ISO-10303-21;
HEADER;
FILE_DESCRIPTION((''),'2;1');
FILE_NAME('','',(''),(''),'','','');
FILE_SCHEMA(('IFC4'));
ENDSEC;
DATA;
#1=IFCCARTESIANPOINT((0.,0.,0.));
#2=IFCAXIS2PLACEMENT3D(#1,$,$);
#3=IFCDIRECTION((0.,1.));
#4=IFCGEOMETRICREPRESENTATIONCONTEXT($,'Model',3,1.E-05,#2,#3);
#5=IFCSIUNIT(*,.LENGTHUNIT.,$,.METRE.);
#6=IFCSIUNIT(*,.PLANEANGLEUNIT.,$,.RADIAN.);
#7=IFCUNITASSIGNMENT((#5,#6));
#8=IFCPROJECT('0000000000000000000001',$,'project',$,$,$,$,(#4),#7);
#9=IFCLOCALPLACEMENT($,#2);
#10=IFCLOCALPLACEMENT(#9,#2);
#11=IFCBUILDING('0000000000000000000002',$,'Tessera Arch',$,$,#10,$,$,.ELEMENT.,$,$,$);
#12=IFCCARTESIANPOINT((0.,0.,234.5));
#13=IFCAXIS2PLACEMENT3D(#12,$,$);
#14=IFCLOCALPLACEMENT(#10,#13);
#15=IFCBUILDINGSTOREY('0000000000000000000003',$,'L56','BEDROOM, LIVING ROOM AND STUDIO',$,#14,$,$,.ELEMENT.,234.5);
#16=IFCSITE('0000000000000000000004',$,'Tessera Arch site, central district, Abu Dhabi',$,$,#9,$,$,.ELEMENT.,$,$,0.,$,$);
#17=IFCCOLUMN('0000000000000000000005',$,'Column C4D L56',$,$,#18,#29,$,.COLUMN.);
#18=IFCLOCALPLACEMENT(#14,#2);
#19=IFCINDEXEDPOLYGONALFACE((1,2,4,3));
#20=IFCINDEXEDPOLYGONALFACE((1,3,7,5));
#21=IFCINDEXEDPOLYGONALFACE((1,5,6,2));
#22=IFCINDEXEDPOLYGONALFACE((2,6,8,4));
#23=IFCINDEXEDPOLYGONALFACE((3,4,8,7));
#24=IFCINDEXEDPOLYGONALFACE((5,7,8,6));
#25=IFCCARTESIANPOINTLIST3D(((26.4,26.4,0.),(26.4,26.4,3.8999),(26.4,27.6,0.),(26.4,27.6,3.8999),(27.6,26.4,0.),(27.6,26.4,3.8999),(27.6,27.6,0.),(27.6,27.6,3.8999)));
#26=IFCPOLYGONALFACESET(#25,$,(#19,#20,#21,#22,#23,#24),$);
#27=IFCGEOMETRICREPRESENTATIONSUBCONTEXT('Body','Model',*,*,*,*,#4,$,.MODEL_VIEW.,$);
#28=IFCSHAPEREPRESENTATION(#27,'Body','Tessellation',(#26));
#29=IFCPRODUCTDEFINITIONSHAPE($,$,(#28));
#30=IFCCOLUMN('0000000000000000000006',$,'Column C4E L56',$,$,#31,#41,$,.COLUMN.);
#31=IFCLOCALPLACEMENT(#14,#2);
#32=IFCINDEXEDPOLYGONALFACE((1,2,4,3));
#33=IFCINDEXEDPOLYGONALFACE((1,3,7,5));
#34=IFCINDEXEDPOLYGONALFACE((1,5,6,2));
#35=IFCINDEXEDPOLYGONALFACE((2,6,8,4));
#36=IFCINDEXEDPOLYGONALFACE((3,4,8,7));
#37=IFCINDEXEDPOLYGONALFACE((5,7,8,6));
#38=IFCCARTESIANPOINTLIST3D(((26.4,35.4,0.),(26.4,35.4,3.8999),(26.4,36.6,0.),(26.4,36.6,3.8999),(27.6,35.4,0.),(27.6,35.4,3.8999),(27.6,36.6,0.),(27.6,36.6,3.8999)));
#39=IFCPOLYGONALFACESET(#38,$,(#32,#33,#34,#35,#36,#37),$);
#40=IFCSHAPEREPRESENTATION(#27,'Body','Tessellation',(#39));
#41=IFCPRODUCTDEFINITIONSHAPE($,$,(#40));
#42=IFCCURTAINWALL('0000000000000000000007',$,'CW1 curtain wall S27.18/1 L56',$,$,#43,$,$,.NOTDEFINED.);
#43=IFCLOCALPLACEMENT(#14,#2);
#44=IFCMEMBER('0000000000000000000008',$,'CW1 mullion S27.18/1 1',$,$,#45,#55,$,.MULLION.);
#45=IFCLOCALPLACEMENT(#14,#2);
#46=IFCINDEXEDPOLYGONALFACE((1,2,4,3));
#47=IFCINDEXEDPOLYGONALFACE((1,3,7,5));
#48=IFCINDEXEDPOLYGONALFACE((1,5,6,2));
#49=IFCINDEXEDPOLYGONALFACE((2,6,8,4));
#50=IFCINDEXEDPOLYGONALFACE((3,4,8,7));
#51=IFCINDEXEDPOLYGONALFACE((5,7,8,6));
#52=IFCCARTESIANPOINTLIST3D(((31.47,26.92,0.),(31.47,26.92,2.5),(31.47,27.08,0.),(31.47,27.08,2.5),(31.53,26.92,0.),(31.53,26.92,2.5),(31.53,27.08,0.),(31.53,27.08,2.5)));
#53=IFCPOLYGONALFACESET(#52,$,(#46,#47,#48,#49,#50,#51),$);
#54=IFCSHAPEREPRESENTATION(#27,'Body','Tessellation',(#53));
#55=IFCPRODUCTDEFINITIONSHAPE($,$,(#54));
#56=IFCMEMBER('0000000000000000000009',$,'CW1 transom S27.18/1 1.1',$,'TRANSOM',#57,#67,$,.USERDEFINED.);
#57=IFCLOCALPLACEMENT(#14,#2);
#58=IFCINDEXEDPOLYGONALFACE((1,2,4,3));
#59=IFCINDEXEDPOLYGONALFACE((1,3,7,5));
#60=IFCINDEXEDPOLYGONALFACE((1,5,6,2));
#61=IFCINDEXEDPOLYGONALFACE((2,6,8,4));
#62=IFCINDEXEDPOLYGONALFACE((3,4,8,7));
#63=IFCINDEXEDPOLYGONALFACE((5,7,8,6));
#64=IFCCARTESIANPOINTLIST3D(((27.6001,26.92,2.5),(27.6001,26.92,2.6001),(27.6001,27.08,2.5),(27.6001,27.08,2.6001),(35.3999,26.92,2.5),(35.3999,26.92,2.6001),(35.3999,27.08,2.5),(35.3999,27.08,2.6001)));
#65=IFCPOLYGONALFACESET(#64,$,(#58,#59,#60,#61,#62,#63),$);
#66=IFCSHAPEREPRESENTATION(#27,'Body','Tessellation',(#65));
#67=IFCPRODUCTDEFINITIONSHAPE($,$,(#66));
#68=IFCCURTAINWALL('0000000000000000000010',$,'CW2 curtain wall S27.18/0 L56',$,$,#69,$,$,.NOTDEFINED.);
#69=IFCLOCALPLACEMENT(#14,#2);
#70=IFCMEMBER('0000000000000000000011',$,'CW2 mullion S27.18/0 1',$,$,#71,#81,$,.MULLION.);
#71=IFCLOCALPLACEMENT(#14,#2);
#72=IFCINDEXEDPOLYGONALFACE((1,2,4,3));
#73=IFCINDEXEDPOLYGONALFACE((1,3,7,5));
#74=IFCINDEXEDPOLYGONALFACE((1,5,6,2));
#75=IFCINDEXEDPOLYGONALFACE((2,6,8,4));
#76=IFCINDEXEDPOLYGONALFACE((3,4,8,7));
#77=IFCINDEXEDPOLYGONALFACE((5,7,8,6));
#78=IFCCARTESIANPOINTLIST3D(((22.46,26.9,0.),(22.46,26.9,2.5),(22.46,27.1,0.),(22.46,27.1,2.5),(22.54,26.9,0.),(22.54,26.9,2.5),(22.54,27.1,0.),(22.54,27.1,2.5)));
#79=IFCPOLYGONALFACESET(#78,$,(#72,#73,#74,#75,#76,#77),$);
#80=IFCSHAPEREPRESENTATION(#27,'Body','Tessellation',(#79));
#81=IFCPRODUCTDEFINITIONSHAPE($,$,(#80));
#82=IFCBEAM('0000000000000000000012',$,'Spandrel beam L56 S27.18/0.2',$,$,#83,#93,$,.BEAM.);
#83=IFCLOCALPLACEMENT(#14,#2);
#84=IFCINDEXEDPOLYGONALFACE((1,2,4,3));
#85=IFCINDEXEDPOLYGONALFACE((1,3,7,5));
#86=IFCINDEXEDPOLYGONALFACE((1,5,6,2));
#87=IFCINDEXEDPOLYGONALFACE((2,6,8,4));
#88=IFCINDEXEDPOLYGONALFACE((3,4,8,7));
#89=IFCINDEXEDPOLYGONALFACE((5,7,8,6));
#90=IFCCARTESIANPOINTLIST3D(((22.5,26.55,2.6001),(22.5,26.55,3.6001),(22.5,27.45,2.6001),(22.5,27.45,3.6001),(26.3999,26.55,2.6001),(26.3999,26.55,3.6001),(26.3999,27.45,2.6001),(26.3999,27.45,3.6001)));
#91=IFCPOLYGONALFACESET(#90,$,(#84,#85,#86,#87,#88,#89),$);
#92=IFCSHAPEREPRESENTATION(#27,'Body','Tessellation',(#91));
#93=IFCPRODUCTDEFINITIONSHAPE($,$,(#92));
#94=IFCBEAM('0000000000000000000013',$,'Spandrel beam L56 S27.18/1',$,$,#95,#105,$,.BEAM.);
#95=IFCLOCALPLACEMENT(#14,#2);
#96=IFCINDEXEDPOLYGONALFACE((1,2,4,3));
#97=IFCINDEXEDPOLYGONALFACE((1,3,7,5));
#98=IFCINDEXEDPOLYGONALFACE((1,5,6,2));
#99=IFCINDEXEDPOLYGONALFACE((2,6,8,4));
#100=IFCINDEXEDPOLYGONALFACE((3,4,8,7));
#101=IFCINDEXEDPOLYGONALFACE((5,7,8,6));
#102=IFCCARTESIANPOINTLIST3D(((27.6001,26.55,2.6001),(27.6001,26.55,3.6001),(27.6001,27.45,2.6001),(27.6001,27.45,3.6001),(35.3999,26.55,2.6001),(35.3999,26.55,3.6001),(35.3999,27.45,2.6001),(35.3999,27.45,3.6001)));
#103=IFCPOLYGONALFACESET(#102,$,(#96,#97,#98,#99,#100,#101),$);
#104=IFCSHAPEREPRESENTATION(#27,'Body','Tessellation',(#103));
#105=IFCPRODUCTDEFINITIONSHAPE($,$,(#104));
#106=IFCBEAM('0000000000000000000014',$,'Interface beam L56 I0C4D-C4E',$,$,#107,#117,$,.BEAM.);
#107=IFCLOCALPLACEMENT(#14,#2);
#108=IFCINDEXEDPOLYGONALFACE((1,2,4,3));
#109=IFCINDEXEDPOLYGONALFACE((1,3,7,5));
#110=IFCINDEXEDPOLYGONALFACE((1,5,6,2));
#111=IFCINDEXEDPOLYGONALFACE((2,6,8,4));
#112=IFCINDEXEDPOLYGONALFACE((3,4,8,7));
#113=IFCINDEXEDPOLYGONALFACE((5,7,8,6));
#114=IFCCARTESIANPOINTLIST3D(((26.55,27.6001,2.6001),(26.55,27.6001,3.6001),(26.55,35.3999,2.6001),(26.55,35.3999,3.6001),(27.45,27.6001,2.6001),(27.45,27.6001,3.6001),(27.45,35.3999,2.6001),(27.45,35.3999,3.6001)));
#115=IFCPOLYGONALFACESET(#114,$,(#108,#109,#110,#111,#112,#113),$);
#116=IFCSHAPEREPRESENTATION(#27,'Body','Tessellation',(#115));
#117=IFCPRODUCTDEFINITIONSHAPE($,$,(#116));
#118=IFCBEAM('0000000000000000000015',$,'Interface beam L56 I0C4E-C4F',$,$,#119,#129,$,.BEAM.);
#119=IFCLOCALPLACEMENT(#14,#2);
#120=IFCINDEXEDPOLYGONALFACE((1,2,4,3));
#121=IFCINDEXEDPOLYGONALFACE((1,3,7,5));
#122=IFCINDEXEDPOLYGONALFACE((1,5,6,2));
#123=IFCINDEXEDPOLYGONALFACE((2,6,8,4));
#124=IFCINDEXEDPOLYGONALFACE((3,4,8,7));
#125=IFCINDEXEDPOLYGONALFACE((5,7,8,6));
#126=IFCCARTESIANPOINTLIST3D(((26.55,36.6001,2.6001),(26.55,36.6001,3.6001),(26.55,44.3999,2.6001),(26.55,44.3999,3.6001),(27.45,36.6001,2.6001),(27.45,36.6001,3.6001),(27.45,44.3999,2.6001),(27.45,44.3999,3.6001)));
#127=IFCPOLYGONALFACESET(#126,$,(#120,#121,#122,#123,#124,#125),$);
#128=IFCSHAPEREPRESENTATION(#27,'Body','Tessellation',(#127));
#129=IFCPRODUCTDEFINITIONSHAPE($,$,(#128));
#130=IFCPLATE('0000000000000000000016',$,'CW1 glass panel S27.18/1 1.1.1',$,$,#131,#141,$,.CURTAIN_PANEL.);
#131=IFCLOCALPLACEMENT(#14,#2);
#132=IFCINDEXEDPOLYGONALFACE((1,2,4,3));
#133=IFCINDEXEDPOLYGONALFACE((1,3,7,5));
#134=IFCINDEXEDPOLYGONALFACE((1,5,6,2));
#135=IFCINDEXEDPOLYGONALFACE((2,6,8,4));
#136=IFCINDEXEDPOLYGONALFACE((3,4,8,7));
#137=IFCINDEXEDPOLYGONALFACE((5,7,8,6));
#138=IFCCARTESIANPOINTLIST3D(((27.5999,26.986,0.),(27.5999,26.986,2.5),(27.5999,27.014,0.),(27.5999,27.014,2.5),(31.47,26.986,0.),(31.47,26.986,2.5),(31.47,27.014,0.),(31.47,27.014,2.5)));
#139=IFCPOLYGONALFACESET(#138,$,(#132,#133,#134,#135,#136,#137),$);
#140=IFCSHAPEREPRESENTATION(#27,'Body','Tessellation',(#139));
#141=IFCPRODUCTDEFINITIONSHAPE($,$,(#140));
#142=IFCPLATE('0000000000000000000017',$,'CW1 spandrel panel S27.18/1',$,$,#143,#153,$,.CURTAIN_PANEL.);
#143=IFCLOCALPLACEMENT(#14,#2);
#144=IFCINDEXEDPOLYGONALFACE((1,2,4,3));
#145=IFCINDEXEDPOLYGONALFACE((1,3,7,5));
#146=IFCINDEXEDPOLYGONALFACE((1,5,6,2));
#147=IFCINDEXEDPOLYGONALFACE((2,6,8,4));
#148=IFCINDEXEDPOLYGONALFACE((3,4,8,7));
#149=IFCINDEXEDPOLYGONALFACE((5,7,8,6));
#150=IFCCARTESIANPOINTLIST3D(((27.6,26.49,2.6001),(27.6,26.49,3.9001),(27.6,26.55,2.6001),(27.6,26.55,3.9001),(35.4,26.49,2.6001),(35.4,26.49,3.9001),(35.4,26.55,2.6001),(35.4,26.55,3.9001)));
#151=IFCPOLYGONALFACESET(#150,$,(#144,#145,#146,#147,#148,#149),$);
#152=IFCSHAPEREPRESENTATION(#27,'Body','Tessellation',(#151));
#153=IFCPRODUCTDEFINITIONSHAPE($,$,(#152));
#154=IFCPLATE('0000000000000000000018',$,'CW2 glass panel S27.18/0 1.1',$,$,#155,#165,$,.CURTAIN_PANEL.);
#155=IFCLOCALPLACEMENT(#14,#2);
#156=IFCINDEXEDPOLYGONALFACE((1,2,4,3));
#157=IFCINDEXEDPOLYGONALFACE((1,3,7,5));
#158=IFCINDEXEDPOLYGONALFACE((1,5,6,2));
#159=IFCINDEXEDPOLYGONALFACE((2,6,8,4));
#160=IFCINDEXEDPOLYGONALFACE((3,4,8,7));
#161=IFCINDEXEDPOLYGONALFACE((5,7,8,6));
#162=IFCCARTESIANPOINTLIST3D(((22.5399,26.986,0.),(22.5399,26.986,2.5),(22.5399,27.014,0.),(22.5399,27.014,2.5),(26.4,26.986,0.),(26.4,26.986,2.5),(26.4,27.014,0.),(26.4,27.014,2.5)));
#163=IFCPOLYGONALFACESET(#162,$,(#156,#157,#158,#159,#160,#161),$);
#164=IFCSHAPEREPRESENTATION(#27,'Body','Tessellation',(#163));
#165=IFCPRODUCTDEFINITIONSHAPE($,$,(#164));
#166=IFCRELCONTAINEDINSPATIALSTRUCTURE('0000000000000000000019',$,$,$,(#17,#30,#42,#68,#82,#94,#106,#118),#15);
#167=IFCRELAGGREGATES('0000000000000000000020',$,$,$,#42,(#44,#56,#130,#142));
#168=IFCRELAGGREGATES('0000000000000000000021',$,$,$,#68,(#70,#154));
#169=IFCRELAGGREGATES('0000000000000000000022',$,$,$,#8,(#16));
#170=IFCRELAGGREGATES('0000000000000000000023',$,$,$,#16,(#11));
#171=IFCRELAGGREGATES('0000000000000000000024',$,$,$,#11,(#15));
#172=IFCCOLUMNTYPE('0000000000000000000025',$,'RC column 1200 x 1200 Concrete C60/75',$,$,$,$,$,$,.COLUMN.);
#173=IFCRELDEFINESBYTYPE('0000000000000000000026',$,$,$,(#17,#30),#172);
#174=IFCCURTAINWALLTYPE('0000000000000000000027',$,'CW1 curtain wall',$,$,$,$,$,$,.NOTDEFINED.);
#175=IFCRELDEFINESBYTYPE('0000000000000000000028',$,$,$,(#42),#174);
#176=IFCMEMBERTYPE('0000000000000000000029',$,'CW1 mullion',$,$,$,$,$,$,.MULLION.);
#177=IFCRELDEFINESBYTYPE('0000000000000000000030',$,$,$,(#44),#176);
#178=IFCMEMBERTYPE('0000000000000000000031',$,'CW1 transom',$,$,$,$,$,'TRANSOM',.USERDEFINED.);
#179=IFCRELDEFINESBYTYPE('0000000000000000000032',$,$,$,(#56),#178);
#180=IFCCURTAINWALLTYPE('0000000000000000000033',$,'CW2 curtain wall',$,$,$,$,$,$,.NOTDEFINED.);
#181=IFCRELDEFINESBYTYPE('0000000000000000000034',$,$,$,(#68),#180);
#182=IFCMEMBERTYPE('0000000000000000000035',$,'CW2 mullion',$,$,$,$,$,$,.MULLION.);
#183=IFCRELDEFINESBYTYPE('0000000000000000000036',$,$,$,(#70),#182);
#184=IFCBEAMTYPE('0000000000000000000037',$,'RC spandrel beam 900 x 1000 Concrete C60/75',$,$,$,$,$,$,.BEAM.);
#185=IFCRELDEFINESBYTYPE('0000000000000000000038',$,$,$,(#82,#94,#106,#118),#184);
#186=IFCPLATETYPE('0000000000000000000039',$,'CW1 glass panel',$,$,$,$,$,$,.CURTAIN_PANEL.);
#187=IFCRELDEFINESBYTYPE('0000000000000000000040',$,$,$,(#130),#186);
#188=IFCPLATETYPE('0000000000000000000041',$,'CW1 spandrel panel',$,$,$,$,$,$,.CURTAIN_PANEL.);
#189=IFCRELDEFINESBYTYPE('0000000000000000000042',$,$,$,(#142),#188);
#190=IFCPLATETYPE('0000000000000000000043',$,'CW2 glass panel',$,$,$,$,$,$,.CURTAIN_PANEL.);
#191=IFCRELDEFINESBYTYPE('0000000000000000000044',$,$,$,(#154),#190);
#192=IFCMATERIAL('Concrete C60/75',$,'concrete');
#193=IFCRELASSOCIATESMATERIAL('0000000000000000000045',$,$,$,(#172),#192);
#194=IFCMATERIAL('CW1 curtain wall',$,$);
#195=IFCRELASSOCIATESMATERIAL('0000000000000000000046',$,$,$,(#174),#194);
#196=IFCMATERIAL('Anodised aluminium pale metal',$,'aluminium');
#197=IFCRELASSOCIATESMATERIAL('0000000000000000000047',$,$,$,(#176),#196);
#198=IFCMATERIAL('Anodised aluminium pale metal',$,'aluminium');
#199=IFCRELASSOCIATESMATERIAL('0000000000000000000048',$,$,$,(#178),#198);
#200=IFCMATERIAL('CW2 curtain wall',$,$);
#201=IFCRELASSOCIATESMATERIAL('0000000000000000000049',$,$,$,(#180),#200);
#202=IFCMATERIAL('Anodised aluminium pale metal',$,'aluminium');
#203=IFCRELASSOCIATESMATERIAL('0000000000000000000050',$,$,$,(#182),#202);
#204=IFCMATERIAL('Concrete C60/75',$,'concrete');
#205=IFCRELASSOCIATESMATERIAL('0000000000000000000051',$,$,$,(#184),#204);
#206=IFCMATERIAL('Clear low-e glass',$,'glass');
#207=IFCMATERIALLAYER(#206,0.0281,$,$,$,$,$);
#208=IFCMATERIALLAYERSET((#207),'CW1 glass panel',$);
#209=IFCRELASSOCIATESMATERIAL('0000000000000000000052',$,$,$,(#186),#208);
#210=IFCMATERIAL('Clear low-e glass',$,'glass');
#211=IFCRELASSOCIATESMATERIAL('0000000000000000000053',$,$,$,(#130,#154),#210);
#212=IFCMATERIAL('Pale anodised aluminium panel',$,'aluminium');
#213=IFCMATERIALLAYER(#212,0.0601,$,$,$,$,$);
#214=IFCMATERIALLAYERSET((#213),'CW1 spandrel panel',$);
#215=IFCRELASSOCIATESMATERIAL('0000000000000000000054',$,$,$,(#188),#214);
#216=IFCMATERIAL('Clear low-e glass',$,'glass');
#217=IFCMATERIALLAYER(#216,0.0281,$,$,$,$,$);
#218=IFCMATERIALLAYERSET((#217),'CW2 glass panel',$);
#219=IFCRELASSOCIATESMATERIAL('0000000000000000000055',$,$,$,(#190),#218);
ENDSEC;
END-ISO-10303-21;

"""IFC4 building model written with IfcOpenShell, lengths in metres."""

from ifc_helpers import new_model, si_unit, direction, frame, origin, origin_2d, place, context, subcontext, project, spatial, rectangle, extrude, material, layer, layer_set, material_profile, profile_set, type_object, element, aggregate, save


model = new_model("IFC4")

# Units and contexts
model_context = context("Model", 3, precision=1e-05, world=origin(), true_north=direction((0.0, 1.0)))
body_context = subcontext(model_context, "Body", "Model", "MODEL_VIEW")
ifc_project = project(units=[si_unit("LENGTHUNIT", "METRE"), si_unit("PLANEANGLEUNIT", "RADIAN")], contexts=[model_context])

# Site, building, storey
site_placement = place(None, origin())
site = spatial("IfcSite", under=ifc_project, at=site_placement, Name="Tessera Arch site, central district, Abu Dhabi", CompositionType="ELEMENT", RefElevation=0.0)
building_placement = place(site_placement, origin())
building = spatial("IfcBuilding", under=site, at=building_placement, Name="Tessera Arch", CompositionType="ELEMENT")
storey_placement = place(building_placement, frame((0.0, 0.0, 234.5)))
storey = spatial("IfcBuildingStorey", under=building, at=storey_placement, Name="L56", Description="BEDROOM, LIVING ROOM AND STUDIO", CompositionType="ELEMENT", Elevation=234.5)

# Columns
ifc_material_1 = material(Name="Concrete C60/75", Category="concrete")
ifc_material_profile_1 = material_profile(ifc_material_1, rectangle(XDim=1.2, YDim=1.2, at=origin_2d()), Name="RC column 1200 x 1200 Concrete C60/75")
ifc_profile_set_1 = profile_set([ifc_material_profile_1], Name="Concrete C60/75")
column_type = type_object("IfcColumnType", Name="RC column 1200 x 1200 Concrete C60/75", PredefinedType="COLUMN", material=ifc_profile_set_1)
for number, where, z_axis, x_axis, name in (
    (1, (27.0, 27.0, 0.0), (0.0, 0.0, 1.0), (1.0, 0.0, 0.0), "Column C4D L56"),
    (2, (27.0, 36.0, 0.0), (0.0, 0.0, 1.0), (1.0, 0.0, 0.0), "Column C4E L56"),
):
    element("IfcColumn", number, at=place(storey_placement, frame(where, z_axis=z_axis, x_axis=x_axis)), inside=storey, type_object=column_type, Name=name, PredefinedType="COLUMN", context=body_context, shape_type="SweptSolid", body=[
        extrude(rectangle(XDim=1.2, YDim=1.2, at=origin_2d()), origin(), (0.0, 0.0, 1.0), 3.8999),
    ])

# Curtain wall, members
ifc_material_2 = material(Name="CW1 curtain wall")
curtain_wall_type_1 = type_object("IfcCurtainWallType", Name="CW1 curtain wall", PredefinedType="NOTDEFINED", material=ifc_material_2)
curtain_wall_1_placement = place(storey_placement, origin())
curtain_wall_1 = element("IfcCurtainWall", 3, at=curtain_wall_1_placement, inside=storey, type_object=curtain_wall_type_1, Name="CW1 curtain wall S27.18/1 L56", PredefinedType="NOTDEFINED")
ifc_material_3 = material(Name="Anodised aluminium pale metal", Category="aluminium")
ifc_material_profile_2 = material_profile(ifc_material_3, rectangle(XDim=0.1599, YDim=0.0601, at=origin_2d()), Name="AL 60x160")
ifc_profile_set_2 = profile_set([ifc_material_profile_2], Name="Anodised aluminium pale metal")
member_type_1 = type_object("IfcMemberType", Name="CW1 mullion", PredefinedType="MULLION", material=ifc_profile_set_2)
member_1_placement = place(storey_placement, frame((31.5, 27.0, 0.0), z_axis=(0.0, 0.0, 1.0), x_axis=(0.0, 1.0, 0.0)))
member_1 = element("IfcMember", 4, at=member_1_placement, type_object=member_type_1, Name="CW1 mullion S27.18/1 1", PredefinedType="MULLION", context=body_context, shape_type="SweptSolid", body=[
    extrude(rectangle(XDim=0.1599, YDim=0.0601, at=origin_2d()), origin(), (0.0, 0.0, 1.0), 2.5),
])
ifc_material_4 = material(Name="Anodised aluminium pale metal", Category="aluminium")
ifc_material_profile_3 = material_profile(ifc_material_4, rectangle(XDim=0.1599, YDim=0.1001, at=origin_2d()), Name="AL 160x100")
ifc_profile_set_3 = profile_set([ifc_material_profile_3], Name="Anodised aluminium pale metal")
member_type_2 = type_object("IfcMemberType", Name="CW1 transom", ElementType="TRANSOM", PredefinedType="USERDEFINED", material=ifc_profile_set_3)
member_2_placement = place(storey_placement, frame((27.6001, 27.0, 2.55), z_axis=(1.0, 0.0, 0.0), x_axis=(0.0, 1.0, 0.0)))
member_2 = element("IfcMember", 5, at=member_2_placement, type_object=member_type_2, Name="CW1 transom S27.18/1 1.1", ObjectType="TRANSOM", PredefinedType="USERDEFINED", context=body_context, shape_type="SweptSolid", body=[
    extrude(rectangle(XDim=0.1599, YDim=0.1001, at=origin_2d()), origin(), (0.0, 0.0, 1.0), 7.7998),
])

# Curtain wall, member
ifc_material_5 = material(Name="CW2 curtain wall")
curtain_wall_type_2 = type_object("IfcCurtainWallType", Name="CW2 curtain wall", PredefinedType="NOTDEFINED", material=ifc_material_5)
curtain_wall_2_placement = place(storey_placement, origin())
curtain_wall_2 = element("IfcCurtainWall", 6, at=curtain_wall_2_placement, inside=storey, type_object=curtain_wall_type_2, Name="CW2 curtain wall S27.18/0 L56", PredefinedType="NOTDEFINED")
ifc_material_6 = material(Name="Anodised aluminium pale metal", Category="aluminium")
ifc_material_profile_4 = material_profile(ifc_material_6, rectangle(XDim=0.2, YDim=0.0801, at=origin_2d()), Name="AL 80x200")
ifc_profile_set_4 = profile_set([ifc_material_profile_4], Name="Anodised aluminium pale metal")
member_type_3 = type_object("IfcMemberType", Name="CW2 mullion", PredefinedType="MULLION", material=ifc_profile_set_4)
member_3_placement = place(storey_placement, frame((22.5, 27.0, 0.0), z_axis=(0.0, 0.0, 1.0), x_axis=(0.0, 1.0, 0.0)))
member_3 = element("IfcMember", 7, at=member_3_placement, type_object=member_type_3, Name="CW2 mullion S27.18/0 1", PredefinedType="MULLION", context=body_context, shape_type="SweptSolid", body=[
    extrude(rectangle(XDim=0.2, YDim=0.0801, at=origin_2d()), origin(), (0.0, 0.0, 1.0), 2.5),
])

# Beams
ifc_material_7 = material(Name="Concrete C60/75", Category="concrete")
ifc_material_profile_5 = material_profile(ifc_material_7, rectangle(XDim=0.8999, YDim=1.0, at=origin_2d()), Name="RC spandrel beam 900 x 1000 Concrete C60/75")
ifc_profile_set_5 = profile_set([ifc_material_profile_5], Name="Concrete C60/75")
beam_type = type_object("IfcBeamType", Name="RC spandrel beam 900 x 1000 Concrete C60/75", PredefinedType="BEAM", material=ifc_profile_set_5)
beam_placement = place(storey_placement, frame((22.5, 27.0, 3.1001), z_axis=(1.0, 0.0, 0.0), x_axis=(0.0, 1.0, 0.0)))
element("IfcBeam", 8, at=beam_placement, inside=storey, type_object=beam_type, Name="Spandrel beam L56 S27.18/0.2", PredefinedType="BEAM", context=body_context, shape_type="SweptSolid", body=[
    extrude(rectangle(XDim=0.8999, YDim=1.0, at=origin_2d()), origin(), (0.0, 0.0, 1.0), 3.8999),
])
for number, where, z_axis, x_axis, name in (
    (9, (27.6001, 27.0, 3.1001), (1.0, 0.0, 0.0), (0.0, 1.0, 0.0), "Spandrel beam L56 S27.18/1"),
    (10, (27.0, 27.6001, 3.1001), (0.0, 1.0, 0.0), (-1.0, 0.0, 0.0), "Interface beam L56 I0C4D-C4E"),
    (11, (27.0, 36.6001, 3.1001), (0.0, 1.0, 0.0), (-1.0, 0.0, 0.0), "Interface beam L56 I0C4E-C4F"),
):
    element("IfcBeam", number, at=place(storey_placement, frame(where, z_axis=z_axis, x_axis=x_axis)), inside=storey, type_object=beam_type, Name=name, PredefinedType="BEAM", context=body_context, shape_type="SweptSolid", body=[
        extrude(rectangle(XDim=0.8999, YDim=1.0, at=origin_2d()), origin(), (0.0, 0.0, 1.0), 7.7998),
    ])

# Plates
ifc_material_8 = material(Name="Clear low-e glass", Category="glass")
ifc_material_9 = material(Name="Clear low-e glass", Category="glass")
ifc_layer_1 = layer(ifc_material_9, 0.0281)
ifc_layer_set_1 = layer_set([ifc_layer_1], Name="CW1 glass panel")
plate_type_1 = type_object("IfcPlateType", Name="CW1 glass panel", PredefinedType="CURTAIN_PANEL", material=ifc_layer_set_1)
plate_1_placement = place(storey_placement, frame((29.5349, 27.0, 0.0), z_axis=(0.0, 0.0, 1.0), x_axis=(1.0, 0.0, 0.0)))
plate_1 = element("IfcPlate", 12, at=plate_1_placement, type_object=plate_type_1, material=ifc_material_8, Name="CW1 glass panel S27.18/1 1.1.1", PredefinedType="CURTAIN_PANEL", context=body_context, shape_type="SweptSolid", body=[
    extrude(rectangle(XDim=3.8701, YDim=0.0281, at=origin_2d()), origin(), (0.0, 0.0, 1.0), 2.5),
])
ifc_material_10 = material(Name="Pale anodised aluminium panel", Category="aluminium")
ifc_layer_2 = layer(ifc_material_10, 0.0601)
ifc_layer_set_2 = layer_set([ifc_layer_2], Name="CW1 spandrel panel")
plate_type_2 = type_object("IfcPlateType", Name="CW1 spandrel panel", PredefinedType="CURTAIN_PANEL", material=ifc_layer_set_2)
plate_2_placement = place(storey_placement, frame((31.5, 26.52, 2.6001), z_axis=(0.0, 0.0, 1.0), x_axis=(1.0, 0.0, 0.0)))
plate_2 = element("IfcPlate", 13, at=plate_2_placement, type_object=plate_type_2, Name="CW1 spandrel panel S27.18/1", PredefinedType="CURTAIN_PANEL", context=body_context, shape_type="SweptSolid", body=[
    extrude(rectangle(XDim=7.8, YDim=0.0601, at=origin_2d()), origin(), (0.0, 0.0, 1.0), 1.3),
])
aggregate(curtain_wall_1, [member_1, member_2, plate_1, plate_2])
ifc_material_11 = material(Name="Clear low-e glass", Category="glass")
ifc_layer_3 = layer(ifc_material_11, 0.0281)
ifc_layer_set_3 = layer_set([ifc_layer_3], Name="CW2 glass panel")
plate_type_3 = type_object("IfcPlateType", Name="CW2 glass panel", PredefinedType="CURTAIN_PANEL", material=ifc_layer_set_3)
plate_3_placement = place(storey_placement, frame((24.47, 27.0, 0.0), z_axis=(0.0, 0.0, 1.0), x_axis=(1.0, 0.0, 0.0)))
plate_3 = element("IfcPlate", 14, at=plate_3_placement, type_object=plate_type_3, material=ifc_material_8, Name="CW2 glass panel S27.18/0 1.1", PredefinedType="CURTAIN_PANEL", context=body_context, shape_type="SweptSolid", body=[
    extrude(rectangle(XDim=3.8601, YDim=0.0281, at=origin_2d()), origin(), (0.0, 0.0, 1.0), 2.5),
])
aggregate(curtain_wall_2, [member_3, plate_3])

save(model, "model.ifc")
